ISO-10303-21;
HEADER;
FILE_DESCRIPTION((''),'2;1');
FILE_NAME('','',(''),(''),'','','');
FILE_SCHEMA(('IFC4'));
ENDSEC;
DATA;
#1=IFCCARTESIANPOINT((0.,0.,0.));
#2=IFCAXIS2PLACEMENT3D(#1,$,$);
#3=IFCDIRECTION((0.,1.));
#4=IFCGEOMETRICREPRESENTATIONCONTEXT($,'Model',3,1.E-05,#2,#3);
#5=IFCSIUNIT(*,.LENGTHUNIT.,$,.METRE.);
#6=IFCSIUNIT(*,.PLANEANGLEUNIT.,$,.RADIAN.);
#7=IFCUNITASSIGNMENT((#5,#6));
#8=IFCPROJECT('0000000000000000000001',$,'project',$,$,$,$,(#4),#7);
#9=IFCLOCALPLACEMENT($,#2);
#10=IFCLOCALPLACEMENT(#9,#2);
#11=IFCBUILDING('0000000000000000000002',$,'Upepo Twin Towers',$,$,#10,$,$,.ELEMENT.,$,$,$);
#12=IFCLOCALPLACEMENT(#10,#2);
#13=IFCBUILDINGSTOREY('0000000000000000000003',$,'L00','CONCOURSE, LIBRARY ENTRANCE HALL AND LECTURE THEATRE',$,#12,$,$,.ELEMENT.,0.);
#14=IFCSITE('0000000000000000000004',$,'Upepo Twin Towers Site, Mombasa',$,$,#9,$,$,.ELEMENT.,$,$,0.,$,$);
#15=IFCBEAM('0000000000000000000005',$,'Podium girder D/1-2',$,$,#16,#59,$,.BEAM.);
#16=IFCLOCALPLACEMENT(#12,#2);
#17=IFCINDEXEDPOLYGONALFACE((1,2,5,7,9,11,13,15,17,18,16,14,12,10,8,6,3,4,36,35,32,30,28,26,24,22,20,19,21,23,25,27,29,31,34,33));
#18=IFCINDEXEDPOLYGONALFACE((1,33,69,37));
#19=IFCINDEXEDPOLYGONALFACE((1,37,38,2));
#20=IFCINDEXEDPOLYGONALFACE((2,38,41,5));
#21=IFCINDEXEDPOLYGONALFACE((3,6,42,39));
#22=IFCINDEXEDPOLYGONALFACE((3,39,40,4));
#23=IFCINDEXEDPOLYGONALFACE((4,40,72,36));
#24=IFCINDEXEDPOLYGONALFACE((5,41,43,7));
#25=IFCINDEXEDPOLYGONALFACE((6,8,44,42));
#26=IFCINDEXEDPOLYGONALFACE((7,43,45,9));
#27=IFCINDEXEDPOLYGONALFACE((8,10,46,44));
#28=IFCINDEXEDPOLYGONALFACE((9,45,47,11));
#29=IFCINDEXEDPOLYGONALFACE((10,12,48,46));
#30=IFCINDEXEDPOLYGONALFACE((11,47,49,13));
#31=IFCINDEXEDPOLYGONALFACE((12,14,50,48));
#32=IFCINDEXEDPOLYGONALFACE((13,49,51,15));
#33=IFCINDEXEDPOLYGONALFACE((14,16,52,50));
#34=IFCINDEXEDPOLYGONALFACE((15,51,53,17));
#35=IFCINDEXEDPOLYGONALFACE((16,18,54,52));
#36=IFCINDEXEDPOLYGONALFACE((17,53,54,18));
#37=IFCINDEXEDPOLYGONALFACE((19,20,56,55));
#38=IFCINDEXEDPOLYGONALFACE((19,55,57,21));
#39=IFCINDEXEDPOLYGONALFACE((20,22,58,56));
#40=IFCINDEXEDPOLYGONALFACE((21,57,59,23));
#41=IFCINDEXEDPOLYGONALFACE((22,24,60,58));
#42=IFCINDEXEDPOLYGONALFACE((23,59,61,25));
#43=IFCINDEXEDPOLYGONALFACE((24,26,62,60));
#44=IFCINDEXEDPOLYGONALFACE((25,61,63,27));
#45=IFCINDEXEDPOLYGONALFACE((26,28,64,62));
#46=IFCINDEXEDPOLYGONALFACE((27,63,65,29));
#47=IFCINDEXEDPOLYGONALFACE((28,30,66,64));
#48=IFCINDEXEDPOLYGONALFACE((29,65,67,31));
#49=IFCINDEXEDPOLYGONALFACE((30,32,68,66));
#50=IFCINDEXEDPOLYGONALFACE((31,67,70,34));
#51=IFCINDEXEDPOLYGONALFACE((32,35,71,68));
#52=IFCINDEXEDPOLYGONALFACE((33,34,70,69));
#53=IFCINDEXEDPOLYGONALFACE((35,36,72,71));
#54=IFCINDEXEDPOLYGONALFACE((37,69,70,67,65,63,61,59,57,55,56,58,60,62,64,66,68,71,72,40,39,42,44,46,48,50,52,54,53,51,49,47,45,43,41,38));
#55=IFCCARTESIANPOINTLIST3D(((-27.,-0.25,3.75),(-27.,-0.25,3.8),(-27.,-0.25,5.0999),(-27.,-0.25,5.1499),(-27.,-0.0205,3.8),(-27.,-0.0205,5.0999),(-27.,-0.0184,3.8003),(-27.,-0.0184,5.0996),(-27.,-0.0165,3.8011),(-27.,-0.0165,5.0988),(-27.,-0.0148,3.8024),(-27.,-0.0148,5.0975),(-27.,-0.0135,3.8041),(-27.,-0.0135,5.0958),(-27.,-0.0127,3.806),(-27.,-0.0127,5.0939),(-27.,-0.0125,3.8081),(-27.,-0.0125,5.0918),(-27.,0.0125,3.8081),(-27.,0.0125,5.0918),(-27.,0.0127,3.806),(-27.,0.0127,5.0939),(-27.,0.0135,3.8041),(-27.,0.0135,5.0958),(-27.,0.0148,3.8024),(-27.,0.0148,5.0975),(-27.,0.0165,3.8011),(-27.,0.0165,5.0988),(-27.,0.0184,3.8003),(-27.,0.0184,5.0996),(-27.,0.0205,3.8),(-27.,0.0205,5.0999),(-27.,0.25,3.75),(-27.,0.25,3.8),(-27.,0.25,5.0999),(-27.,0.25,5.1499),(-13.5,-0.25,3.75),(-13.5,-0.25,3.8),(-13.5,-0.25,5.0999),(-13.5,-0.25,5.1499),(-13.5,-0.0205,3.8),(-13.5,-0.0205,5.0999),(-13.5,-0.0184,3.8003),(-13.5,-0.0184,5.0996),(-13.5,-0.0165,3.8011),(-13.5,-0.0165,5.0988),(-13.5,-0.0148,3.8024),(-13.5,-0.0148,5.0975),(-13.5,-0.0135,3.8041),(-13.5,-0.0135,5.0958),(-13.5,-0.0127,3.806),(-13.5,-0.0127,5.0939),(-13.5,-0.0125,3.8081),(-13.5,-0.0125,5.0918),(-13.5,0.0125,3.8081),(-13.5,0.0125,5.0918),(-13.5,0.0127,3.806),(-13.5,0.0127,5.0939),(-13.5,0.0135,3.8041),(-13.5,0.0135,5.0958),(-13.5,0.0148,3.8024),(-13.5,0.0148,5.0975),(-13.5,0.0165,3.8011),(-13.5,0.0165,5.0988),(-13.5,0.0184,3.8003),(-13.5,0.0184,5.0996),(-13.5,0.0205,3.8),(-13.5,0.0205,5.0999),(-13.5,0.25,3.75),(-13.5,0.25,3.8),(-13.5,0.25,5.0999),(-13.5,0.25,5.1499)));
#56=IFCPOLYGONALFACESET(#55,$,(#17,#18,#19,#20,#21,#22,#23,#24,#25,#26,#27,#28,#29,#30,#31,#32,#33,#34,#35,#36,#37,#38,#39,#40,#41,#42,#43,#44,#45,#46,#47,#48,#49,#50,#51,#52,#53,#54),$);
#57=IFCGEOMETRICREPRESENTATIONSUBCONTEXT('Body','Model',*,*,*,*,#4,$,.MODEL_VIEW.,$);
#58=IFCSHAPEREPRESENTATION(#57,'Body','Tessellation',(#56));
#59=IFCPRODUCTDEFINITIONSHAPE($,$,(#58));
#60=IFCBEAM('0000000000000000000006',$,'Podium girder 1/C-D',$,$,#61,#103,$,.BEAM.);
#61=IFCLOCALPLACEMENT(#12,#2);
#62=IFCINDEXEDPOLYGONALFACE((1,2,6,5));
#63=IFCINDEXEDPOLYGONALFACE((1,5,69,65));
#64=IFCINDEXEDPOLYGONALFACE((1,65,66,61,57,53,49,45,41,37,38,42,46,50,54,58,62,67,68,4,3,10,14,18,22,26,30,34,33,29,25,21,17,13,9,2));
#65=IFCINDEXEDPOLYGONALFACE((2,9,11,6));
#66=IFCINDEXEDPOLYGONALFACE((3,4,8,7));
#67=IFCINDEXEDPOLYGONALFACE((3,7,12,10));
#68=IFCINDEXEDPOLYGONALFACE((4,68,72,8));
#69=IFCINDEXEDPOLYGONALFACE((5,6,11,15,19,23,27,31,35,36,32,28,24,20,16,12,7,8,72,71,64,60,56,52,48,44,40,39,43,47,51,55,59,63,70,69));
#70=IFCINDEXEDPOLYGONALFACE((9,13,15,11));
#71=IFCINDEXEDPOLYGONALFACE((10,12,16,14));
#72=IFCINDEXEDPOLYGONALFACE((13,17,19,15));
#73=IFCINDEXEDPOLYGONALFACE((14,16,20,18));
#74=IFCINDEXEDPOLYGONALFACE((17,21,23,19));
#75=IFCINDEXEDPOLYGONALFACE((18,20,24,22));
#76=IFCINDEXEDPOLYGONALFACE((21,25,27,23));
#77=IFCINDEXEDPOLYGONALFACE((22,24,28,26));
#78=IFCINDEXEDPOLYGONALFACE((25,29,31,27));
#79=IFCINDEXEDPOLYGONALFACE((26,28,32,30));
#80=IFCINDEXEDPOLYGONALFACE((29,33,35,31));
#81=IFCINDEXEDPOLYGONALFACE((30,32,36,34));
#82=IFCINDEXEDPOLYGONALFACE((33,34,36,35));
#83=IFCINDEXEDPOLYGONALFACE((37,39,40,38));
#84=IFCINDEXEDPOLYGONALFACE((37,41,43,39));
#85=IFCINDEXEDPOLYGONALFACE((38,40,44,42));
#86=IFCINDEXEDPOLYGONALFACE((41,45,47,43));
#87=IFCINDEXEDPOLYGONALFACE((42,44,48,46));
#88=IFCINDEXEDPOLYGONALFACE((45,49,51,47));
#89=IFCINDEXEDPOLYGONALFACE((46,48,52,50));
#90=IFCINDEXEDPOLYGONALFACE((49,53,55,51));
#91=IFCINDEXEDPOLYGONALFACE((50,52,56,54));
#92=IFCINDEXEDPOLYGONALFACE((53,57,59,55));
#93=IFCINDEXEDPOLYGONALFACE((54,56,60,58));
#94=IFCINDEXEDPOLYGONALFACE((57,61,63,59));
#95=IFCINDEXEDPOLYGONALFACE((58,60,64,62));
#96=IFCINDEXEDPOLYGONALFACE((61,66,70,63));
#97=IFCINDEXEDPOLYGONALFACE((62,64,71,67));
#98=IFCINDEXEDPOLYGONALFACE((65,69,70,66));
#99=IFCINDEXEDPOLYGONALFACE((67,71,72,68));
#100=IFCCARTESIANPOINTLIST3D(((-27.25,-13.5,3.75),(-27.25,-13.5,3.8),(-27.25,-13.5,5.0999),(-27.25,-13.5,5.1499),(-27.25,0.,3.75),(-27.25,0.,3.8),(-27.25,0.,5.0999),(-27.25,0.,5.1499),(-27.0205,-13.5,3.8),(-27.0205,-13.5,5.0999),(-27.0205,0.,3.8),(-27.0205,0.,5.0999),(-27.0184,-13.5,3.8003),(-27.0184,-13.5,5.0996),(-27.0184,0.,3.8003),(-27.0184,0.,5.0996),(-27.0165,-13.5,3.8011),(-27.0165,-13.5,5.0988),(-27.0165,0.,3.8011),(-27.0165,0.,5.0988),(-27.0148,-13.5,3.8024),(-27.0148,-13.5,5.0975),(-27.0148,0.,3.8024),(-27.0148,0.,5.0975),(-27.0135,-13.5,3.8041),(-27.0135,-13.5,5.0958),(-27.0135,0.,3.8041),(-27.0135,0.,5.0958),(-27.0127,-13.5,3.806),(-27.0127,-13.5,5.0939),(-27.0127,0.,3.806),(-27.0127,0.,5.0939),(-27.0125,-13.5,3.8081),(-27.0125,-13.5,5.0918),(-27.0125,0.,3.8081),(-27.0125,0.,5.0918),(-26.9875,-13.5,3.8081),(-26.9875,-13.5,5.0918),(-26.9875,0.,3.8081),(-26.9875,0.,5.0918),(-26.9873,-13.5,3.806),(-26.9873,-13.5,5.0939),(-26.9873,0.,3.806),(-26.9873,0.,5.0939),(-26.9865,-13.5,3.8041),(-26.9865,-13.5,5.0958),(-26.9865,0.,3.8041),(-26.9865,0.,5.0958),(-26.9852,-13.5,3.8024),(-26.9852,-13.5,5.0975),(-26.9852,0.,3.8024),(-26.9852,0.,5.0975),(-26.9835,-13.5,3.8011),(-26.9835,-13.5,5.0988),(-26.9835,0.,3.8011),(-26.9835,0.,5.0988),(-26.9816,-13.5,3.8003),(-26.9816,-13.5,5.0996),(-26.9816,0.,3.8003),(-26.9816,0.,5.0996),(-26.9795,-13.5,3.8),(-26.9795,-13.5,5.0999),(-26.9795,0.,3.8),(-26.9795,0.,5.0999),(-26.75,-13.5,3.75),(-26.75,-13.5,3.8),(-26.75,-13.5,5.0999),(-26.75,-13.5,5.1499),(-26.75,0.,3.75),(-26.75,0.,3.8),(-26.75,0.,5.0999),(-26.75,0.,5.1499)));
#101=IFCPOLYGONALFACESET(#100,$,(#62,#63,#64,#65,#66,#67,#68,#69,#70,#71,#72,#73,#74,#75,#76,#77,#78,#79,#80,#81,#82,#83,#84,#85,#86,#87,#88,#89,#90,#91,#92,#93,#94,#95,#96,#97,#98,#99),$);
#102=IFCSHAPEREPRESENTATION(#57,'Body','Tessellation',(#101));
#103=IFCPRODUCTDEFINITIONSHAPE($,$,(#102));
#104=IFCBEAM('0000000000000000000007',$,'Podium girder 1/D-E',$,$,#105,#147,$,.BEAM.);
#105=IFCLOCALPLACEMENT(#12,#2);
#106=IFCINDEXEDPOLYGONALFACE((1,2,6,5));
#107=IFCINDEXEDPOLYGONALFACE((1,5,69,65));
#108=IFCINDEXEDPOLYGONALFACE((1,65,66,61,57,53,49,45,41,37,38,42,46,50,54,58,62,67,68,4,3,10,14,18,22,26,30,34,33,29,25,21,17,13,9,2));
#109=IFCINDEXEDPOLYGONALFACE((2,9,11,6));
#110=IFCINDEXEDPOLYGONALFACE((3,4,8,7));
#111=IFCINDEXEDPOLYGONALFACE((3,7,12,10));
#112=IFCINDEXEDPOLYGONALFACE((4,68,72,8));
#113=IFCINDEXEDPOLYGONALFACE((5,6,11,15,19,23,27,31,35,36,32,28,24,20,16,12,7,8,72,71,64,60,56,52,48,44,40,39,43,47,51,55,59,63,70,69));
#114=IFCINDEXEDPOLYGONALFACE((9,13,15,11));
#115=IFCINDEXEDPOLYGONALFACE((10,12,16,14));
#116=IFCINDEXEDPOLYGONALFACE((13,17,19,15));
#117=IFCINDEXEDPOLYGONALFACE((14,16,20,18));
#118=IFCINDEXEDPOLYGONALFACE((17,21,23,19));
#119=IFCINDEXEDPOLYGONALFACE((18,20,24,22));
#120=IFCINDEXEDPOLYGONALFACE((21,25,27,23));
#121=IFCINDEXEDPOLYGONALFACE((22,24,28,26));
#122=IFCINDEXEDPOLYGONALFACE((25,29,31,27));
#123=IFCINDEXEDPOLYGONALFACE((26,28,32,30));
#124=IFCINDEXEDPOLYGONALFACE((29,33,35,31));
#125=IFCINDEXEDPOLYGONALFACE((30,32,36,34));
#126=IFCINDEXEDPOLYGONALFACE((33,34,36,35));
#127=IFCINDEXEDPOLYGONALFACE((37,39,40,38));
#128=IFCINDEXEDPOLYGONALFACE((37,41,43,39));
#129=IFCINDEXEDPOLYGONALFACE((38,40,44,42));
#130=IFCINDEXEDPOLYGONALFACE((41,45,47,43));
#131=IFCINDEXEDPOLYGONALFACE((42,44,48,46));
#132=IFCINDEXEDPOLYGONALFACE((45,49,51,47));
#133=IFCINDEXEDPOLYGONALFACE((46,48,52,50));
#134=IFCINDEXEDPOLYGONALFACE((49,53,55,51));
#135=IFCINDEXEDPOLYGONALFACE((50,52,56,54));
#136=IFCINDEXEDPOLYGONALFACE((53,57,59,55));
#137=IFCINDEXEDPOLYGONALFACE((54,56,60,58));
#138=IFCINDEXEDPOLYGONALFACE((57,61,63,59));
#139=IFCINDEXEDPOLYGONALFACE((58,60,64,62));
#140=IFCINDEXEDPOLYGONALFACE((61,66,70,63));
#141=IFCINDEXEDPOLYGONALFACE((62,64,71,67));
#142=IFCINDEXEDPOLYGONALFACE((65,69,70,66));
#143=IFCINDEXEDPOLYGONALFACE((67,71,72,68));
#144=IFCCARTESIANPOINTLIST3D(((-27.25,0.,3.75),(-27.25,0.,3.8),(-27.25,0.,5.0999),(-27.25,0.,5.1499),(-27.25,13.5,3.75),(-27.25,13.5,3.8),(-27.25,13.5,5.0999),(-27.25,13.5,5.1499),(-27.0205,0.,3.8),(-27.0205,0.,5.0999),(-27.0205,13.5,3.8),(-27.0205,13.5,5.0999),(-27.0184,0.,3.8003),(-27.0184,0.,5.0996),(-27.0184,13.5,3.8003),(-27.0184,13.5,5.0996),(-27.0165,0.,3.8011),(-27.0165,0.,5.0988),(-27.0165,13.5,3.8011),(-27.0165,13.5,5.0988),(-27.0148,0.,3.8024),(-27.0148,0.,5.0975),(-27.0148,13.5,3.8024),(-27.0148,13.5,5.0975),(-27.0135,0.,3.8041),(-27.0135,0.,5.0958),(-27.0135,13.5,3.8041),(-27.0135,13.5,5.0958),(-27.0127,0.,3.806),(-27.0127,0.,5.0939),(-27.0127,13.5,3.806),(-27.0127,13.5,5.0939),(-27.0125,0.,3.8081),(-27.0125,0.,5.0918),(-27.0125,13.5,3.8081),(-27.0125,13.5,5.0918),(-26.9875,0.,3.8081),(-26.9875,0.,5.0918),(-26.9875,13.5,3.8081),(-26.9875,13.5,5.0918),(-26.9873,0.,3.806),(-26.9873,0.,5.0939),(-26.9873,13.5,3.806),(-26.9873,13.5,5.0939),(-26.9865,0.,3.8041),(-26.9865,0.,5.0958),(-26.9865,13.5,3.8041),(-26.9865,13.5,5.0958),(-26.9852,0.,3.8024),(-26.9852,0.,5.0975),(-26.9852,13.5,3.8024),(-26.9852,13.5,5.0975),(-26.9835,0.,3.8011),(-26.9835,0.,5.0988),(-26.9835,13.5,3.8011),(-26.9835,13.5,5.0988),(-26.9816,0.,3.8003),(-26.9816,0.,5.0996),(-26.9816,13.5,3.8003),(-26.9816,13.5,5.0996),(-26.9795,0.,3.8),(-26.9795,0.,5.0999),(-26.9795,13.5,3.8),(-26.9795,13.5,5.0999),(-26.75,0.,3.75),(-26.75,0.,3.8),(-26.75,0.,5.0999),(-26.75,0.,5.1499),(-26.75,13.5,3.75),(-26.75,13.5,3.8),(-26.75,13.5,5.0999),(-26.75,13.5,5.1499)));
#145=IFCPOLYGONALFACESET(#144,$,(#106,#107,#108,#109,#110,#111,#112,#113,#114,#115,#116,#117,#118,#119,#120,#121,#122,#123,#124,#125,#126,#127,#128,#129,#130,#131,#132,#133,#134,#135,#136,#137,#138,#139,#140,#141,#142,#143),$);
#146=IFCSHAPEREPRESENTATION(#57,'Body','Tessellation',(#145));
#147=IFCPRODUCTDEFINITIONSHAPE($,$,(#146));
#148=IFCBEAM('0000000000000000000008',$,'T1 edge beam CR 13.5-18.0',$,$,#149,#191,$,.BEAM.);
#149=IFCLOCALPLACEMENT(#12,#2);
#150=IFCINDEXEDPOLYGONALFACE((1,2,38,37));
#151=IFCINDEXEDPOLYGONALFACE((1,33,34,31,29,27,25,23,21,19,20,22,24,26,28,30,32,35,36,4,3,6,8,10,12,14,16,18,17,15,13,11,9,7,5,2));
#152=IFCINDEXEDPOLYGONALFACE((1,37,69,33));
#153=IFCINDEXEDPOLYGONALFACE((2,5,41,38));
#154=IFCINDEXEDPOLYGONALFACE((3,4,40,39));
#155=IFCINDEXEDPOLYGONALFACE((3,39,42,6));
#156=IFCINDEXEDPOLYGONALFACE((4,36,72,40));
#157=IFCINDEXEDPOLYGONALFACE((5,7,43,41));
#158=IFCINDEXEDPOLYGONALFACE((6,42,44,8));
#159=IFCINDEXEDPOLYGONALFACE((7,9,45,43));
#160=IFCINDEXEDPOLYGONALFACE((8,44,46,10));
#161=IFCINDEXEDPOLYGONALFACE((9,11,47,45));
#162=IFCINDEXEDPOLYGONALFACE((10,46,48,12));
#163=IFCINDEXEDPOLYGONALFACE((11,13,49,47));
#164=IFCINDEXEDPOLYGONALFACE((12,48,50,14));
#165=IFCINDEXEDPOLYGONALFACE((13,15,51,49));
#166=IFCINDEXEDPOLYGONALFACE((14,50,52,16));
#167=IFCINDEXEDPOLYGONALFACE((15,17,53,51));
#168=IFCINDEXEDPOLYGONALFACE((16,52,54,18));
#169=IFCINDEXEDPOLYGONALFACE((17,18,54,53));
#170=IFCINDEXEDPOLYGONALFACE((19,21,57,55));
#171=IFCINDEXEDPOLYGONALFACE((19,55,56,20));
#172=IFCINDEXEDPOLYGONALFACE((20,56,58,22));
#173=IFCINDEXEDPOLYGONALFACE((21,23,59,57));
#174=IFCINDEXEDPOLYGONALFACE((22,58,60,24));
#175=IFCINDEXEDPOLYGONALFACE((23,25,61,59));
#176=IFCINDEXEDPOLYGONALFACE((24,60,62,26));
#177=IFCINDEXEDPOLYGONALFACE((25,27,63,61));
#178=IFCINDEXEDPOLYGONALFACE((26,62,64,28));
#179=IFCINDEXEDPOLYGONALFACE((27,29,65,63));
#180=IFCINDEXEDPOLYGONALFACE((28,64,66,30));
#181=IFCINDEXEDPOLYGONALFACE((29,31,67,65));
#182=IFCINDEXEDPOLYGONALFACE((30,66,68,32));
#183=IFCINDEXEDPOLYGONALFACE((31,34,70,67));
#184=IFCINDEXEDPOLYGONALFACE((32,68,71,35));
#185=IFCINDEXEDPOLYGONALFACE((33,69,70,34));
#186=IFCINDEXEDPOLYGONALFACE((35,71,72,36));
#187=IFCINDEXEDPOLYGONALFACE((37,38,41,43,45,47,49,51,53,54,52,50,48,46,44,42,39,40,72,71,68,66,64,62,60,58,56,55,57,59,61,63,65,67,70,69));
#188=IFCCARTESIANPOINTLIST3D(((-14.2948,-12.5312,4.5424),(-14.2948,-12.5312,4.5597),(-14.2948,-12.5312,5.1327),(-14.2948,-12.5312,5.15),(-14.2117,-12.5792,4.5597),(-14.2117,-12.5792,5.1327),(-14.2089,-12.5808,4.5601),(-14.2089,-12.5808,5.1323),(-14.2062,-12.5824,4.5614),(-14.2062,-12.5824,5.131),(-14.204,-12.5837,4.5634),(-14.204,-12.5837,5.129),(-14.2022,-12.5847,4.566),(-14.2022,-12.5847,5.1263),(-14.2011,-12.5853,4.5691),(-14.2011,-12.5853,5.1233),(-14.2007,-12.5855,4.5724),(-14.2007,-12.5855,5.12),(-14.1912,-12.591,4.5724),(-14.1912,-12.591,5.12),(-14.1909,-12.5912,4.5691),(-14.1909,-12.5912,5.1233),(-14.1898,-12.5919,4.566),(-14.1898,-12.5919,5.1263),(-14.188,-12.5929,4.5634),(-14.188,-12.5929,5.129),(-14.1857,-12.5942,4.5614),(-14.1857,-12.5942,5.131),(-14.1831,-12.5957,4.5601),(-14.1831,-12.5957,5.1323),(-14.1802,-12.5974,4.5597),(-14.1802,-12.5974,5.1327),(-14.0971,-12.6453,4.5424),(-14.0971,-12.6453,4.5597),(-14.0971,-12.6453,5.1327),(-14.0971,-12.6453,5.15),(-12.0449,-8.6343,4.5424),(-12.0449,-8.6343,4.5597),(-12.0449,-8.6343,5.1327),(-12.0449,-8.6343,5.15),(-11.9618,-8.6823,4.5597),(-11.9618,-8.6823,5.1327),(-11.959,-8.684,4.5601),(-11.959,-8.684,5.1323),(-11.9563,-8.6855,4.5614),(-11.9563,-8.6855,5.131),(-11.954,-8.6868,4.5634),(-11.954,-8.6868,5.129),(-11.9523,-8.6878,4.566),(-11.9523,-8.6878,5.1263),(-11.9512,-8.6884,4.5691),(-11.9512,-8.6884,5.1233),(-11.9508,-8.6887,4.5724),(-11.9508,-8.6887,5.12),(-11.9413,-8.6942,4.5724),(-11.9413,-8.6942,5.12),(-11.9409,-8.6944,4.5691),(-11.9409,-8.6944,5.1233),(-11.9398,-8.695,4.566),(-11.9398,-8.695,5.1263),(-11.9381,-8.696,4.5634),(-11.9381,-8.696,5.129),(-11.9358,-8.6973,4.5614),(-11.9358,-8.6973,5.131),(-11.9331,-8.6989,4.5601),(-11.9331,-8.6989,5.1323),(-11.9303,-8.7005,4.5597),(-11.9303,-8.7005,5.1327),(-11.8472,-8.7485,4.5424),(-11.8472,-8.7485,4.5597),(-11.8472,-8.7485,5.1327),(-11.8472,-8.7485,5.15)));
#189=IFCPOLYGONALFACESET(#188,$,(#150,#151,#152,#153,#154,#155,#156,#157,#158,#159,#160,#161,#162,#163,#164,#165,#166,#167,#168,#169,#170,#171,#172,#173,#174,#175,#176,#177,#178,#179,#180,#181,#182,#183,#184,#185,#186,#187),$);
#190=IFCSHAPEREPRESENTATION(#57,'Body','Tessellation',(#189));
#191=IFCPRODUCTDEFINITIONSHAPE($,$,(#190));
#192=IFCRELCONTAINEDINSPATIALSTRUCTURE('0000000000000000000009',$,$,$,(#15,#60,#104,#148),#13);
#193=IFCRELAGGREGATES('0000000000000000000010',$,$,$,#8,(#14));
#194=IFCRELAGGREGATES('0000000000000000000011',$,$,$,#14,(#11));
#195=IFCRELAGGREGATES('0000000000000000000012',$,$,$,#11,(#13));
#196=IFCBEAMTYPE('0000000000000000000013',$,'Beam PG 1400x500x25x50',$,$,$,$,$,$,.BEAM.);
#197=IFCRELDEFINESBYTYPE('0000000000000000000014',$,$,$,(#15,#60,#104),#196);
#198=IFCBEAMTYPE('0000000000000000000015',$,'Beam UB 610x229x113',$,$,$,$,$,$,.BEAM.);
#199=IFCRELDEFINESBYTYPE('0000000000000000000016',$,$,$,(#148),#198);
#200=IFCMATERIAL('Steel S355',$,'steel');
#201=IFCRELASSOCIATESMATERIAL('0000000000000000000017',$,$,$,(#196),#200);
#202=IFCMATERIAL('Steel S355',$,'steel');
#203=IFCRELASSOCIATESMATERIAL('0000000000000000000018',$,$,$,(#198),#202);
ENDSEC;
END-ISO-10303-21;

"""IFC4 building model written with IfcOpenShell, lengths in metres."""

from ifc_helpers import new_model, si_unit, direction, frame, origin, origin_2d, place, context, subcontext, project, spatial, i_section, extrude, material, material_profile, profile_set, type_object, element, save


model = new_model("IFC4")

# Units and contexts
model_context = context("Model", 3, precision=1e-05, world=origin(), true_north=direction((0.0, 1.0)))
body_context = subcontext(model_context, "Body", "Model", "MODEL_VIEW")
ifc_project = project(units=[si_unit("LENGTHUNIT", "METRE"), si_unit("PLANEANGLEUNIT", "RADIAN")], contexts=[model_context])

# Site, building, storey
site_placement = place(None, origin())
site = spatial("IfcSite", under=ifc_project, at=site_placement, Name="Upepo Twin Towers Site, Mombasa", CompositionType="ELEMENT", RefElevation=0.0)
building_placement = place(site_placement, origin())
building = spatial("IfcBuilding", under=site, at=building_placement, Name="Upepo Twin Towers", CompositionType="ELEMENT")
storey_placement = place(building_placement, origin())
storey = spatial("IfcBuildingStorey", under=building, at=storey_placement, Name="L00", Description="CONCOURSE, LIBRARY ENTRANCE HALL AND LECTURE THEATRE", CompositionType="ELEMENT", Elevation=0.0)

# Beams
ifc_material_1 = material(Name="Steel S355", Category="steel")
ifc_material_profile_1 = material_profile(ifc_material_1, i_section(OverallWidth=0.5, OverallDepth=1.3999, WebThickness=0.0249, FlangeThickness=0.05, FilletRadius=0.0081, at=origin_2d()), Name="PG 1400x500x25x50")
ifc_profile_set_1 = profile_set([ifc_material_profile_1], Name="Steel S355")
beam_type_1 = type_object("IfcBeamType", Name="Beam PG 1400x500x25x50", PredefinedType="BEAM", material=ifc_profile_set_1)
for number, where, z_axis, x_axis, name in (
    (1, (-27.0, 0.0, 4.45), (1.0, 0.0, 0.0), (0.0, 1.0, 0.0), "Podium girder D/1-2"),
    (2, (-27.0, -13.5, 4.45), (0.0, 1.0, 0.0), (-1.0, 0.0, 0.0), "Podium girder 1/C-D"),
    (3, (-27.0, 0.0, 4.45), (0.0, 1.0, 0.0), (-1.0, 0.0, 0.0), "Podium girder 1/D-E"),
):
    element("IfcBeam", number, at=place(storey_placement, frame(where, z_axis=z_axis, x_axis=x_axis)), inside=storey, type_object=beam_type_1, Name=name, PredefinedType="BEAM", context=body_context, shape_type="SweptSolid", body=[
        extrude(i_section(OverallWidth=0.5, OverallDepth=1.3999, WebThickness=0.0249, FlangeThickness=0.05, FilletRadius=0.0081, at=origin_2d()), origin(), (0.0, 0.0, 1.0), 13.5),
    ])
ifc_material_2 = material(Name="Steel S355", Category="steel")
ifc_material_profile_2 = material_profile(ifc_material_2, i_section(OverallWidth=0.2283, OverallDepth=0.6077, WebThickness=0.011, FlangeThickness=0.0173, FilletRadius=0.0127, at=origin_2d()), Name="UB 610x229x113")
ifc_profile_set_2 = profile_set([ifc_material_profile_2], Name="Steel S355")
beam_type_2 = type_object("IfcBeamType", Name="Beam UB 610x229x113", PredefinedType="BEAM", material=ifc_profile_set_2)
beam_1_placement = place(storey_placement, frame((-11.946, -8.6914, 4.8462), z_axis=(-0.500014, -0.866018, 0.0), x_axis=(0.866018, -0.500014, 0.0)))
element("IfcBeam", 4, at=beam_1_placement, inside=storey, type_object=beam_type_2, Name="T1 edge beam CR 13.5-18.0", PredefinedType="BEAM", context=body_context, shape_type="SweptSolid", body=[
    extrude(i_section(OverallWidth=0.2283, OverallDepth=0.6077, WebThickness=0.011, FlangeThickness=0.0173, FilletRadius=0.0127, at=origin_2d()), origin(), (0.0, 0.0, 1.0), 4.4998),
])

save(model, "model.ifc")
